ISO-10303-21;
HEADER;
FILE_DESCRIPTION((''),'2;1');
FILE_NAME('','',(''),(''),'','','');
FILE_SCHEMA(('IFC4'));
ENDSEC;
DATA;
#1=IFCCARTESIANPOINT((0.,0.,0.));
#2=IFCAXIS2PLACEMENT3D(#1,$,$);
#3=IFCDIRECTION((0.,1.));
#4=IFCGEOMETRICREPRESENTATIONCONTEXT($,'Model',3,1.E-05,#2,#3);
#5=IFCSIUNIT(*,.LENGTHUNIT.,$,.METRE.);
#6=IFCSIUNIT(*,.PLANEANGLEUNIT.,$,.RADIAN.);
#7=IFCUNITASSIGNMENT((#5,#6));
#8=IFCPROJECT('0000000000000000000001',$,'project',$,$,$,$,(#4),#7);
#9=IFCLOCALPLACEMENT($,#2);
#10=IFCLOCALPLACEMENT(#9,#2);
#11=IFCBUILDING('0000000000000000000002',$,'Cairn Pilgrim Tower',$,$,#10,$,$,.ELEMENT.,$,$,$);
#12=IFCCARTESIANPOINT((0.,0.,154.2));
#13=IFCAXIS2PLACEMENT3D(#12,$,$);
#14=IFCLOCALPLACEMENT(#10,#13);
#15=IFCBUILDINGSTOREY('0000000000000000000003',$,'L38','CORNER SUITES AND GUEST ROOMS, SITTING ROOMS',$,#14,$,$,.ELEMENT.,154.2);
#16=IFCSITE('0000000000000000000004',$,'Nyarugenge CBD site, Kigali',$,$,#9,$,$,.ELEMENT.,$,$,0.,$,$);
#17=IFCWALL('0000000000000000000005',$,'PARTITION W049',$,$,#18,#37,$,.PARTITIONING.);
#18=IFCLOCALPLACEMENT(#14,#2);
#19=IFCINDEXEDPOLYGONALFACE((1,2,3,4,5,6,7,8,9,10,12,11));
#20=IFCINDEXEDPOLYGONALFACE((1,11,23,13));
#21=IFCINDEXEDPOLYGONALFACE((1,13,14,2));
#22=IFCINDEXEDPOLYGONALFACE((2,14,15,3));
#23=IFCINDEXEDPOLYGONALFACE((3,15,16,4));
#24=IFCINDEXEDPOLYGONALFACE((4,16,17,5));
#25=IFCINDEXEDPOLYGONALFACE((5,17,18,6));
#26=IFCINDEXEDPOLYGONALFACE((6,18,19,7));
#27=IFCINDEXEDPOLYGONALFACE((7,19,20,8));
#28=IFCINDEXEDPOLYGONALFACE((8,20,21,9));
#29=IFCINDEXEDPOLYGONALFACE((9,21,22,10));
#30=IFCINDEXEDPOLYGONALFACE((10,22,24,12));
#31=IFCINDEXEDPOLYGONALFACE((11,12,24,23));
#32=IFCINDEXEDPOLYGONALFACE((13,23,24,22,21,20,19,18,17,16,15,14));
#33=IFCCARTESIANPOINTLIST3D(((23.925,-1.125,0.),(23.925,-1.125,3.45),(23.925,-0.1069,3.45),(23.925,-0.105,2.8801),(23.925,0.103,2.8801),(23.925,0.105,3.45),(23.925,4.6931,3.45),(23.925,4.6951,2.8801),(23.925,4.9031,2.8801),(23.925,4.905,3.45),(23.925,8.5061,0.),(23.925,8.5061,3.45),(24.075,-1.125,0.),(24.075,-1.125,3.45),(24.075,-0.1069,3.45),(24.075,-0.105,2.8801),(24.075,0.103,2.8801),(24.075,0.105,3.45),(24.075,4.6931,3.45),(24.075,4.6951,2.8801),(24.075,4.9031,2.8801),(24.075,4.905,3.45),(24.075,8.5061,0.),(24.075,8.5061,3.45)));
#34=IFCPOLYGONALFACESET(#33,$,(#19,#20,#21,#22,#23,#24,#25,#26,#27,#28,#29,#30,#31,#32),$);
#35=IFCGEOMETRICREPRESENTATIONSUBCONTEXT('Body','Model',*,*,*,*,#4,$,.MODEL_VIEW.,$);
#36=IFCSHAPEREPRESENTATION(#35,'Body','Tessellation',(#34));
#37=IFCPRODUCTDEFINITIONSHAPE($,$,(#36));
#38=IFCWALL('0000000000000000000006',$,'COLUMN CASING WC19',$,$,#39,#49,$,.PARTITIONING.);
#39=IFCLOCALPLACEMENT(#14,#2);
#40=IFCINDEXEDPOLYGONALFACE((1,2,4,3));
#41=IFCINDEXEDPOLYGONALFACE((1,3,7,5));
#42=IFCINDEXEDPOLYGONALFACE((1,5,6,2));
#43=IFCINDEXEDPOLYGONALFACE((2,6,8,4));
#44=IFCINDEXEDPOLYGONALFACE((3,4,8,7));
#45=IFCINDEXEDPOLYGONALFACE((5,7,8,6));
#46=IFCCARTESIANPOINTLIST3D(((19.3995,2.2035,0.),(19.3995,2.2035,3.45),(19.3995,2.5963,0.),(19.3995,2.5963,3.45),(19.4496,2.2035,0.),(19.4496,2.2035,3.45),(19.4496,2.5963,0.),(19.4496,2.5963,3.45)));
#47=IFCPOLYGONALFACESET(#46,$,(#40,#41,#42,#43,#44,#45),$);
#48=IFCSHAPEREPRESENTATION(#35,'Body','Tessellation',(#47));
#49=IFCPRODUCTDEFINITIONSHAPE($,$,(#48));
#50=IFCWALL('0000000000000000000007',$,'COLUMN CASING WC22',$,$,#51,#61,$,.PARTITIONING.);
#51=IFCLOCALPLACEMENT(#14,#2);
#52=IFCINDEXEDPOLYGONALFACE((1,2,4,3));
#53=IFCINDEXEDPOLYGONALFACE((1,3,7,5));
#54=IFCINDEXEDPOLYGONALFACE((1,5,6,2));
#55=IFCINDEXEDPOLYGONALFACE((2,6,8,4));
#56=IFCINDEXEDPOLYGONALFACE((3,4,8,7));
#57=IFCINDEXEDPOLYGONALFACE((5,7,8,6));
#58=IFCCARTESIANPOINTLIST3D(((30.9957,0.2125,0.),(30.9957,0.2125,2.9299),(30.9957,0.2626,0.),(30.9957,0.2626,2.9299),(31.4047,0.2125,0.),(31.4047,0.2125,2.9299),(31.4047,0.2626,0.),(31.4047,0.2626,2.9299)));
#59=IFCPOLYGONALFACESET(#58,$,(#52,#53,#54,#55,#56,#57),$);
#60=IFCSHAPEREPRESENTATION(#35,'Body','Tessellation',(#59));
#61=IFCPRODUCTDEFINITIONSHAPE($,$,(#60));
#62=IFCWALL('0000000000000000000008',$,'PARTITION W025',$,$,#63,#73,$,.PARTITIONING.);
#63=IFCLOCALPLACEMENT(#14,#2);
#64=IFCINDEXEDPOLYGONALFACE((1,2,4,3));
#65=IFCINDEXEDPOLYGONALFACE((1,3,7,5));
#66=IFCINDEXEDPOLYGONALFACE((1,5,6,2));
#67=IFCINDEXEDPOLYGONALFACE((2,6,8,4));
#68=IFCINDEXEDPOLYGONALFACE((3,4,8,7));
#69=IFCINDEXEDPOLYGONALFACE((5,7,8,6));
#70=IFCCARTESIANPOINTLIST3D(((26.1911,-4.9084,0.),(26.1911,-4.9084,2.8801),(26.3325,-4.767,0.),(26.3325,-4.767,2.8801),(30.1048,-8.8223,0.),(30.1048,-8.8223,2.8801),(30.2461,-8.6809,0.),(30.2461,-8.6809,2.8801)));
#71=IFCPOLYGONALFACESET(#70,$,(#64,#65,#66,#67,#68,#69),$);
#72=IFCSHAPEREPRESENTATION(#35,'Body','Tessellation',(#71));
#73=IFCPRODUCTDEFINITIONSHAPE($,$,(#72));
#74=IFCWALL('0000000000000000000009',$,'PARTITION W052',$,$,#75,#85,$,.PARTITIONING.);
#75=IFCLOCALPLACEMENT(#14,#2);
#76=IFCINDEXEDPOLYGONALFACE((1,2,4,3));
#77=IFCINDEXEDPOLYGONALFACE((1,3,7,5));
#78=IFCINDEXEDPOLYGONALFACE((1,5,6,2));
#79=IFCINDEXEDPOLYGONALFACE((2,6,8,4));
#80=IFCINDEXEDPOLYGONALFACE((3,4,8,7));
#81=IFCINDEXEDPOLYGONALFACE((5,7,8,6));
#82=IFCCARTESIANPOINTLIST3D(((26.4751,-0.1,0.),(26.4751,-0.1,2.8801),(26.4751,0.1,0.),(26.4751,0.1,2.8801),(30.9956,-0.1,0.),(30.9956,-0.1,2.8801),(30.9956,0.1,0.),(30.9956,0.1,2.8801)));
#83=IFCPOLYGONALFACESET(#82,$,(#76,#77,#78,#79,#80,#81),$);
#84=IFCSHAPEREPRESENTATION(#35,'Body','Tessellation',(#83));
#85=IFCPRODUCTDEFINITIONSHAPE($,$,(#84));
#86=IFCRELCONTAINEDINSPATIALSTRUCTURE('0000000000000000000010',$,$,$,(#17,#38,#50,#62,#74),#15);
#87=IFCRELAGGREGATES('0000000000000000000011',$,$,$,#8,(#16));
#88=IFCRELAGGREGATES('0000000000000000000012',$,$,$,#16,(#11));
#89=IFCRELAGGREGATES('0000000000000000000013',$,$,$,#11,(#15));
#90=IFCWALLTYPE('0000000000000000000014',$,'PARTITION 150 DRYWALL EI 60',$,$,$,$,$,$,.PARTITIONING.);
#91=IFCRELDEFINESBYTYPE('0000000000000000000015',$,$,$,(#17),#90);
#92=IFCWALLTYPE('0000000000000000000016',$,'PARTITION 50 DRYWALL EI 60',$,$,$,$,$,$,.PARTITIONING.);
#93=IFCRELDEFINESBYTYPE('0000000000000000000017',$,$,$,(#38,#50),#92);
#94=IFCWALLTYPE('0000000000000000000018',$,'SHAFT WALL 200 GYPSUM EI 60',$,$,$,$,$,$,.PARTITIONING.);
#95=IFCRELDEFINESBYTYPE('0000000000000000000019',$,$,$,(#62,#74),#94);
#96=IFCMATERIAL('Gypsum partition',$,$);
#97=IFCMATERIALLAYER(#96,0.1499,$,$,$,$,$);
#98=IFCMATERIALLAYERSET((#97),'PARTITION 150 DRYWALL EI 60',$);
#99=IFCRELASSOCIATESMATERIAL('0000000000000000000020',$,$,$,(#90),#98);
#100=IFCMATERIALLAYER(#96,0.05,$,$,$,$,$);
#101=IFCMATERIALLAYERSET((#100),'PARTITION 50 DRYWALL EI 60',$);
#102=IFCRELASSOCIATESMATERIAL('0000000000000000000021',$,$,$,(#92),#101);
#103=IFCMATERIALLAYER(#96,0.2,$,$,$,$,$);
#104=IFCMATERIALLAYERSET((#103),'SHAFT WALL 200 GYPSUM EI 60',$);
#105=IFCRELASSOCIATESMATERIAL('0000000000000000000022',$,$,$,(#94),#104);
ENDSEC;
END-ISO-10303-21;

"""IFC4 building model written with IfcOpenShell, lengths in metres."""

from ifc_helpers import new_model, si_unit, direction, frame, frame_2d, origin, place, context, subcontext, project, spatial, polyline, rectangle, outline, extrude, material, layer, layer_set, type_object, element, save


model = new_model("IFC4")

# Units and contexts
model_context = context("Model", 3, precision=1e-05, world=origin(), true_north=direction((0.0, 1.0)))
body_context = subcontext(model_context, "Body", "Model", "MODEL_VIEW")
ifc_project = project(units=[si_unit("LENGTHUNIT", "METRE"), si_unit("PLANEANGLEUNIT", "RADIAN")], contexts=[model_context])

# Site, building, storey
site_placement = place(None, origin())
site = spatial("IfcSite", under=ifc_project, at=site_placement, Name="Nyarugenge CBD site, Kigali", CompositionType="ELEMENT", RefElevation=0.0)
building_placement = place(site_placement, origin())
building = spatial("IfcBuilding", under=site, at=building_placement, Name="Cairn Pilgrim Tower", CompositionType="ELEMENT")
storey_placement = place(building_placement, frame((0.0, 0.0, 154.2)))
storey = spatial("IfcBuildingStorey", under=building, at=storey_placement, Name="L38", Description="CORNER SUITES AND GUEST ROOMS, SITTING ROOMS", CompositionType="ELEMENT", Elevation=154.2)

# Shared definitions
ifc_material_1 = material(Name="Gypsum partition")

# Shared definitions
ifc_layer_1 = layer(ifc_material_1, 0.1499)
ifc_layer_set_1 = layer_set([ifc_layer_1], Name="PARTITION 150 DRYWALL EI 60")
wall_type_1 = type_object("IfcWallType", Name="PARTITION 150 DRYWALL EI 60", PredefinedType="PARTITIONING", material=ifc_layer_set_1)

# Walls
wall_1_placement = place(storey_placement, frame((24.0, -1.125, 0.0), z_axis=(0.0, 0.0, 1.0), x_axis=(0.0, 1.0, 0.0)))
element("IfcWall", 1, at=wall_1_placement, inside=storey, type_object=wall_type_1, Name="PARTITION W049", PredefinedType="PARTITIONING", context=body_context, shape_type="SweptSolid", body=[
    extrude(outline(polyline([(0.0, 0.0), (9.6311, 0.0), (9.6311, 3.45), (6.03, 3.45), (6.0281, 2.8801), (5.8201, 2.8801), (5.8181, 3.45), (1.23, 3.45), (1.228, 2.8801), (1.02, 2.8801), (1.0181, 3.45), (0.0, 3.45), (0.0, 0.0)])), frame((0.0, 0.075, 0.0), z_axis=(0.0, -1.0, 0.0), x_axis=(1.0, 0.0, 0.0)), (0.0, 0.0, 1.0), 0.1499),
])
ifc_layer_2 = layer(ifc_material_1, 0.05)
ifc_layer_set_2 = layer_set([ifc_layer_2], Name="PARTITION 50 DRYWALL EI 60")
wall_type_2 = type_object("IfcWallType", Name="PARTITION 50 DRYWALL EI 60", PredefinedType="PARTITIONING", material=ifc_layer_set_2)
wall_2_placement = place(storey_placement, frame((19.4246, 2.2036, 0.0), z_axis=(0.0, 0.0, 1.0), x_axis=(0.0, 1.0, 0.0)))
element("IfcWall", 2, at=wall_2_placement, inside=storey, type_object=wall_type_2, Name="COLUMN CASING WC19", PredefinedType="PARTITIONING", context=body_context, shape_type="SweptSolid", body=[
    extrude(rectangle(XDim=0.3928, YDim=0.05, at=frame_2d((0.1963, 0.0))), origin(), (0.0, 0.0, 1.0), 3.45),
])
wall_3_placement = place(storey_placement, frame((30.9956, 0.2375, 0.0), z_axis=(0.0, 0.0, 1.0), x_axis=(1.0, 0.0, 0.0)))
element("IfcWall", 3, at=wall_3_placement, inside=storey, type_object=wall_type_2, Name="COLUMN CASING WC22", PredefinedType="PARTITIONING", context=body_context, shape_type="SweptSolid", body=[
    extrude(rectangle(XDim=0.4089, YDim=0.05, at=frame_2d((0.2046, 0.0))), origin(), (0.0, 0.0, 1.0), 2.9299),
])
ifc_layer_3 = layer(ifc_material_1, 0.2)
ifc_layer_set_3 = layer_set([ifc_layer_3], Name="SHAFT WALL 200 GYPSUM EI 60")
wall_type_3 = type_object("IfcWallType", Name="SHAFT WALL 200 GYPSUM EI 60", PredefinedType="PARTITIONING", material=ifc_layer_set_3)
wall_4_placement = place(storey_placement, frame((30.1755, -8.7517, 0.0), z_axis=(0.0, 0.0, 1.0), x_axis=(-0.707085, 0.707129, 0.0)))
element("IfcWall", 4, at=wall_4_placement, inside=storey, type_object=wall_type_3, Name="PARTITION W025", PredefinedType="PARTITIONING", context=body_context, shape_type="SweptSolid", body=[
    extrude(rectangle(XDim=5.5349, YDim=0.2, at=frame_2d((2.7676, 0.0))), origin(), (0.0, 0.0, 1.0), 2.8801),
])
wall_5_placement = place(storey_placement, frame((26.4751, 0.0, 0.0), z_axis=(0.0, 0.0, 1.0), x_axis=(1.0, 0.0, 0.0)))
element("IfcWall", 5, at=wall_5_placement, inside=storey, type_object=wall_type_3, Name="PARTITION W052", PredefinedType="PARTITIONING", context=body_context, shape_type="SweptSolid", body=[
    extrude(rectangle(XDim=4.5205, YDim=0.2, at=frame_2d((2.2603, 0.0))), origin(), (0.0, 0.0, 1.0), 2.8801),
])

save(model, "model.ifc")
